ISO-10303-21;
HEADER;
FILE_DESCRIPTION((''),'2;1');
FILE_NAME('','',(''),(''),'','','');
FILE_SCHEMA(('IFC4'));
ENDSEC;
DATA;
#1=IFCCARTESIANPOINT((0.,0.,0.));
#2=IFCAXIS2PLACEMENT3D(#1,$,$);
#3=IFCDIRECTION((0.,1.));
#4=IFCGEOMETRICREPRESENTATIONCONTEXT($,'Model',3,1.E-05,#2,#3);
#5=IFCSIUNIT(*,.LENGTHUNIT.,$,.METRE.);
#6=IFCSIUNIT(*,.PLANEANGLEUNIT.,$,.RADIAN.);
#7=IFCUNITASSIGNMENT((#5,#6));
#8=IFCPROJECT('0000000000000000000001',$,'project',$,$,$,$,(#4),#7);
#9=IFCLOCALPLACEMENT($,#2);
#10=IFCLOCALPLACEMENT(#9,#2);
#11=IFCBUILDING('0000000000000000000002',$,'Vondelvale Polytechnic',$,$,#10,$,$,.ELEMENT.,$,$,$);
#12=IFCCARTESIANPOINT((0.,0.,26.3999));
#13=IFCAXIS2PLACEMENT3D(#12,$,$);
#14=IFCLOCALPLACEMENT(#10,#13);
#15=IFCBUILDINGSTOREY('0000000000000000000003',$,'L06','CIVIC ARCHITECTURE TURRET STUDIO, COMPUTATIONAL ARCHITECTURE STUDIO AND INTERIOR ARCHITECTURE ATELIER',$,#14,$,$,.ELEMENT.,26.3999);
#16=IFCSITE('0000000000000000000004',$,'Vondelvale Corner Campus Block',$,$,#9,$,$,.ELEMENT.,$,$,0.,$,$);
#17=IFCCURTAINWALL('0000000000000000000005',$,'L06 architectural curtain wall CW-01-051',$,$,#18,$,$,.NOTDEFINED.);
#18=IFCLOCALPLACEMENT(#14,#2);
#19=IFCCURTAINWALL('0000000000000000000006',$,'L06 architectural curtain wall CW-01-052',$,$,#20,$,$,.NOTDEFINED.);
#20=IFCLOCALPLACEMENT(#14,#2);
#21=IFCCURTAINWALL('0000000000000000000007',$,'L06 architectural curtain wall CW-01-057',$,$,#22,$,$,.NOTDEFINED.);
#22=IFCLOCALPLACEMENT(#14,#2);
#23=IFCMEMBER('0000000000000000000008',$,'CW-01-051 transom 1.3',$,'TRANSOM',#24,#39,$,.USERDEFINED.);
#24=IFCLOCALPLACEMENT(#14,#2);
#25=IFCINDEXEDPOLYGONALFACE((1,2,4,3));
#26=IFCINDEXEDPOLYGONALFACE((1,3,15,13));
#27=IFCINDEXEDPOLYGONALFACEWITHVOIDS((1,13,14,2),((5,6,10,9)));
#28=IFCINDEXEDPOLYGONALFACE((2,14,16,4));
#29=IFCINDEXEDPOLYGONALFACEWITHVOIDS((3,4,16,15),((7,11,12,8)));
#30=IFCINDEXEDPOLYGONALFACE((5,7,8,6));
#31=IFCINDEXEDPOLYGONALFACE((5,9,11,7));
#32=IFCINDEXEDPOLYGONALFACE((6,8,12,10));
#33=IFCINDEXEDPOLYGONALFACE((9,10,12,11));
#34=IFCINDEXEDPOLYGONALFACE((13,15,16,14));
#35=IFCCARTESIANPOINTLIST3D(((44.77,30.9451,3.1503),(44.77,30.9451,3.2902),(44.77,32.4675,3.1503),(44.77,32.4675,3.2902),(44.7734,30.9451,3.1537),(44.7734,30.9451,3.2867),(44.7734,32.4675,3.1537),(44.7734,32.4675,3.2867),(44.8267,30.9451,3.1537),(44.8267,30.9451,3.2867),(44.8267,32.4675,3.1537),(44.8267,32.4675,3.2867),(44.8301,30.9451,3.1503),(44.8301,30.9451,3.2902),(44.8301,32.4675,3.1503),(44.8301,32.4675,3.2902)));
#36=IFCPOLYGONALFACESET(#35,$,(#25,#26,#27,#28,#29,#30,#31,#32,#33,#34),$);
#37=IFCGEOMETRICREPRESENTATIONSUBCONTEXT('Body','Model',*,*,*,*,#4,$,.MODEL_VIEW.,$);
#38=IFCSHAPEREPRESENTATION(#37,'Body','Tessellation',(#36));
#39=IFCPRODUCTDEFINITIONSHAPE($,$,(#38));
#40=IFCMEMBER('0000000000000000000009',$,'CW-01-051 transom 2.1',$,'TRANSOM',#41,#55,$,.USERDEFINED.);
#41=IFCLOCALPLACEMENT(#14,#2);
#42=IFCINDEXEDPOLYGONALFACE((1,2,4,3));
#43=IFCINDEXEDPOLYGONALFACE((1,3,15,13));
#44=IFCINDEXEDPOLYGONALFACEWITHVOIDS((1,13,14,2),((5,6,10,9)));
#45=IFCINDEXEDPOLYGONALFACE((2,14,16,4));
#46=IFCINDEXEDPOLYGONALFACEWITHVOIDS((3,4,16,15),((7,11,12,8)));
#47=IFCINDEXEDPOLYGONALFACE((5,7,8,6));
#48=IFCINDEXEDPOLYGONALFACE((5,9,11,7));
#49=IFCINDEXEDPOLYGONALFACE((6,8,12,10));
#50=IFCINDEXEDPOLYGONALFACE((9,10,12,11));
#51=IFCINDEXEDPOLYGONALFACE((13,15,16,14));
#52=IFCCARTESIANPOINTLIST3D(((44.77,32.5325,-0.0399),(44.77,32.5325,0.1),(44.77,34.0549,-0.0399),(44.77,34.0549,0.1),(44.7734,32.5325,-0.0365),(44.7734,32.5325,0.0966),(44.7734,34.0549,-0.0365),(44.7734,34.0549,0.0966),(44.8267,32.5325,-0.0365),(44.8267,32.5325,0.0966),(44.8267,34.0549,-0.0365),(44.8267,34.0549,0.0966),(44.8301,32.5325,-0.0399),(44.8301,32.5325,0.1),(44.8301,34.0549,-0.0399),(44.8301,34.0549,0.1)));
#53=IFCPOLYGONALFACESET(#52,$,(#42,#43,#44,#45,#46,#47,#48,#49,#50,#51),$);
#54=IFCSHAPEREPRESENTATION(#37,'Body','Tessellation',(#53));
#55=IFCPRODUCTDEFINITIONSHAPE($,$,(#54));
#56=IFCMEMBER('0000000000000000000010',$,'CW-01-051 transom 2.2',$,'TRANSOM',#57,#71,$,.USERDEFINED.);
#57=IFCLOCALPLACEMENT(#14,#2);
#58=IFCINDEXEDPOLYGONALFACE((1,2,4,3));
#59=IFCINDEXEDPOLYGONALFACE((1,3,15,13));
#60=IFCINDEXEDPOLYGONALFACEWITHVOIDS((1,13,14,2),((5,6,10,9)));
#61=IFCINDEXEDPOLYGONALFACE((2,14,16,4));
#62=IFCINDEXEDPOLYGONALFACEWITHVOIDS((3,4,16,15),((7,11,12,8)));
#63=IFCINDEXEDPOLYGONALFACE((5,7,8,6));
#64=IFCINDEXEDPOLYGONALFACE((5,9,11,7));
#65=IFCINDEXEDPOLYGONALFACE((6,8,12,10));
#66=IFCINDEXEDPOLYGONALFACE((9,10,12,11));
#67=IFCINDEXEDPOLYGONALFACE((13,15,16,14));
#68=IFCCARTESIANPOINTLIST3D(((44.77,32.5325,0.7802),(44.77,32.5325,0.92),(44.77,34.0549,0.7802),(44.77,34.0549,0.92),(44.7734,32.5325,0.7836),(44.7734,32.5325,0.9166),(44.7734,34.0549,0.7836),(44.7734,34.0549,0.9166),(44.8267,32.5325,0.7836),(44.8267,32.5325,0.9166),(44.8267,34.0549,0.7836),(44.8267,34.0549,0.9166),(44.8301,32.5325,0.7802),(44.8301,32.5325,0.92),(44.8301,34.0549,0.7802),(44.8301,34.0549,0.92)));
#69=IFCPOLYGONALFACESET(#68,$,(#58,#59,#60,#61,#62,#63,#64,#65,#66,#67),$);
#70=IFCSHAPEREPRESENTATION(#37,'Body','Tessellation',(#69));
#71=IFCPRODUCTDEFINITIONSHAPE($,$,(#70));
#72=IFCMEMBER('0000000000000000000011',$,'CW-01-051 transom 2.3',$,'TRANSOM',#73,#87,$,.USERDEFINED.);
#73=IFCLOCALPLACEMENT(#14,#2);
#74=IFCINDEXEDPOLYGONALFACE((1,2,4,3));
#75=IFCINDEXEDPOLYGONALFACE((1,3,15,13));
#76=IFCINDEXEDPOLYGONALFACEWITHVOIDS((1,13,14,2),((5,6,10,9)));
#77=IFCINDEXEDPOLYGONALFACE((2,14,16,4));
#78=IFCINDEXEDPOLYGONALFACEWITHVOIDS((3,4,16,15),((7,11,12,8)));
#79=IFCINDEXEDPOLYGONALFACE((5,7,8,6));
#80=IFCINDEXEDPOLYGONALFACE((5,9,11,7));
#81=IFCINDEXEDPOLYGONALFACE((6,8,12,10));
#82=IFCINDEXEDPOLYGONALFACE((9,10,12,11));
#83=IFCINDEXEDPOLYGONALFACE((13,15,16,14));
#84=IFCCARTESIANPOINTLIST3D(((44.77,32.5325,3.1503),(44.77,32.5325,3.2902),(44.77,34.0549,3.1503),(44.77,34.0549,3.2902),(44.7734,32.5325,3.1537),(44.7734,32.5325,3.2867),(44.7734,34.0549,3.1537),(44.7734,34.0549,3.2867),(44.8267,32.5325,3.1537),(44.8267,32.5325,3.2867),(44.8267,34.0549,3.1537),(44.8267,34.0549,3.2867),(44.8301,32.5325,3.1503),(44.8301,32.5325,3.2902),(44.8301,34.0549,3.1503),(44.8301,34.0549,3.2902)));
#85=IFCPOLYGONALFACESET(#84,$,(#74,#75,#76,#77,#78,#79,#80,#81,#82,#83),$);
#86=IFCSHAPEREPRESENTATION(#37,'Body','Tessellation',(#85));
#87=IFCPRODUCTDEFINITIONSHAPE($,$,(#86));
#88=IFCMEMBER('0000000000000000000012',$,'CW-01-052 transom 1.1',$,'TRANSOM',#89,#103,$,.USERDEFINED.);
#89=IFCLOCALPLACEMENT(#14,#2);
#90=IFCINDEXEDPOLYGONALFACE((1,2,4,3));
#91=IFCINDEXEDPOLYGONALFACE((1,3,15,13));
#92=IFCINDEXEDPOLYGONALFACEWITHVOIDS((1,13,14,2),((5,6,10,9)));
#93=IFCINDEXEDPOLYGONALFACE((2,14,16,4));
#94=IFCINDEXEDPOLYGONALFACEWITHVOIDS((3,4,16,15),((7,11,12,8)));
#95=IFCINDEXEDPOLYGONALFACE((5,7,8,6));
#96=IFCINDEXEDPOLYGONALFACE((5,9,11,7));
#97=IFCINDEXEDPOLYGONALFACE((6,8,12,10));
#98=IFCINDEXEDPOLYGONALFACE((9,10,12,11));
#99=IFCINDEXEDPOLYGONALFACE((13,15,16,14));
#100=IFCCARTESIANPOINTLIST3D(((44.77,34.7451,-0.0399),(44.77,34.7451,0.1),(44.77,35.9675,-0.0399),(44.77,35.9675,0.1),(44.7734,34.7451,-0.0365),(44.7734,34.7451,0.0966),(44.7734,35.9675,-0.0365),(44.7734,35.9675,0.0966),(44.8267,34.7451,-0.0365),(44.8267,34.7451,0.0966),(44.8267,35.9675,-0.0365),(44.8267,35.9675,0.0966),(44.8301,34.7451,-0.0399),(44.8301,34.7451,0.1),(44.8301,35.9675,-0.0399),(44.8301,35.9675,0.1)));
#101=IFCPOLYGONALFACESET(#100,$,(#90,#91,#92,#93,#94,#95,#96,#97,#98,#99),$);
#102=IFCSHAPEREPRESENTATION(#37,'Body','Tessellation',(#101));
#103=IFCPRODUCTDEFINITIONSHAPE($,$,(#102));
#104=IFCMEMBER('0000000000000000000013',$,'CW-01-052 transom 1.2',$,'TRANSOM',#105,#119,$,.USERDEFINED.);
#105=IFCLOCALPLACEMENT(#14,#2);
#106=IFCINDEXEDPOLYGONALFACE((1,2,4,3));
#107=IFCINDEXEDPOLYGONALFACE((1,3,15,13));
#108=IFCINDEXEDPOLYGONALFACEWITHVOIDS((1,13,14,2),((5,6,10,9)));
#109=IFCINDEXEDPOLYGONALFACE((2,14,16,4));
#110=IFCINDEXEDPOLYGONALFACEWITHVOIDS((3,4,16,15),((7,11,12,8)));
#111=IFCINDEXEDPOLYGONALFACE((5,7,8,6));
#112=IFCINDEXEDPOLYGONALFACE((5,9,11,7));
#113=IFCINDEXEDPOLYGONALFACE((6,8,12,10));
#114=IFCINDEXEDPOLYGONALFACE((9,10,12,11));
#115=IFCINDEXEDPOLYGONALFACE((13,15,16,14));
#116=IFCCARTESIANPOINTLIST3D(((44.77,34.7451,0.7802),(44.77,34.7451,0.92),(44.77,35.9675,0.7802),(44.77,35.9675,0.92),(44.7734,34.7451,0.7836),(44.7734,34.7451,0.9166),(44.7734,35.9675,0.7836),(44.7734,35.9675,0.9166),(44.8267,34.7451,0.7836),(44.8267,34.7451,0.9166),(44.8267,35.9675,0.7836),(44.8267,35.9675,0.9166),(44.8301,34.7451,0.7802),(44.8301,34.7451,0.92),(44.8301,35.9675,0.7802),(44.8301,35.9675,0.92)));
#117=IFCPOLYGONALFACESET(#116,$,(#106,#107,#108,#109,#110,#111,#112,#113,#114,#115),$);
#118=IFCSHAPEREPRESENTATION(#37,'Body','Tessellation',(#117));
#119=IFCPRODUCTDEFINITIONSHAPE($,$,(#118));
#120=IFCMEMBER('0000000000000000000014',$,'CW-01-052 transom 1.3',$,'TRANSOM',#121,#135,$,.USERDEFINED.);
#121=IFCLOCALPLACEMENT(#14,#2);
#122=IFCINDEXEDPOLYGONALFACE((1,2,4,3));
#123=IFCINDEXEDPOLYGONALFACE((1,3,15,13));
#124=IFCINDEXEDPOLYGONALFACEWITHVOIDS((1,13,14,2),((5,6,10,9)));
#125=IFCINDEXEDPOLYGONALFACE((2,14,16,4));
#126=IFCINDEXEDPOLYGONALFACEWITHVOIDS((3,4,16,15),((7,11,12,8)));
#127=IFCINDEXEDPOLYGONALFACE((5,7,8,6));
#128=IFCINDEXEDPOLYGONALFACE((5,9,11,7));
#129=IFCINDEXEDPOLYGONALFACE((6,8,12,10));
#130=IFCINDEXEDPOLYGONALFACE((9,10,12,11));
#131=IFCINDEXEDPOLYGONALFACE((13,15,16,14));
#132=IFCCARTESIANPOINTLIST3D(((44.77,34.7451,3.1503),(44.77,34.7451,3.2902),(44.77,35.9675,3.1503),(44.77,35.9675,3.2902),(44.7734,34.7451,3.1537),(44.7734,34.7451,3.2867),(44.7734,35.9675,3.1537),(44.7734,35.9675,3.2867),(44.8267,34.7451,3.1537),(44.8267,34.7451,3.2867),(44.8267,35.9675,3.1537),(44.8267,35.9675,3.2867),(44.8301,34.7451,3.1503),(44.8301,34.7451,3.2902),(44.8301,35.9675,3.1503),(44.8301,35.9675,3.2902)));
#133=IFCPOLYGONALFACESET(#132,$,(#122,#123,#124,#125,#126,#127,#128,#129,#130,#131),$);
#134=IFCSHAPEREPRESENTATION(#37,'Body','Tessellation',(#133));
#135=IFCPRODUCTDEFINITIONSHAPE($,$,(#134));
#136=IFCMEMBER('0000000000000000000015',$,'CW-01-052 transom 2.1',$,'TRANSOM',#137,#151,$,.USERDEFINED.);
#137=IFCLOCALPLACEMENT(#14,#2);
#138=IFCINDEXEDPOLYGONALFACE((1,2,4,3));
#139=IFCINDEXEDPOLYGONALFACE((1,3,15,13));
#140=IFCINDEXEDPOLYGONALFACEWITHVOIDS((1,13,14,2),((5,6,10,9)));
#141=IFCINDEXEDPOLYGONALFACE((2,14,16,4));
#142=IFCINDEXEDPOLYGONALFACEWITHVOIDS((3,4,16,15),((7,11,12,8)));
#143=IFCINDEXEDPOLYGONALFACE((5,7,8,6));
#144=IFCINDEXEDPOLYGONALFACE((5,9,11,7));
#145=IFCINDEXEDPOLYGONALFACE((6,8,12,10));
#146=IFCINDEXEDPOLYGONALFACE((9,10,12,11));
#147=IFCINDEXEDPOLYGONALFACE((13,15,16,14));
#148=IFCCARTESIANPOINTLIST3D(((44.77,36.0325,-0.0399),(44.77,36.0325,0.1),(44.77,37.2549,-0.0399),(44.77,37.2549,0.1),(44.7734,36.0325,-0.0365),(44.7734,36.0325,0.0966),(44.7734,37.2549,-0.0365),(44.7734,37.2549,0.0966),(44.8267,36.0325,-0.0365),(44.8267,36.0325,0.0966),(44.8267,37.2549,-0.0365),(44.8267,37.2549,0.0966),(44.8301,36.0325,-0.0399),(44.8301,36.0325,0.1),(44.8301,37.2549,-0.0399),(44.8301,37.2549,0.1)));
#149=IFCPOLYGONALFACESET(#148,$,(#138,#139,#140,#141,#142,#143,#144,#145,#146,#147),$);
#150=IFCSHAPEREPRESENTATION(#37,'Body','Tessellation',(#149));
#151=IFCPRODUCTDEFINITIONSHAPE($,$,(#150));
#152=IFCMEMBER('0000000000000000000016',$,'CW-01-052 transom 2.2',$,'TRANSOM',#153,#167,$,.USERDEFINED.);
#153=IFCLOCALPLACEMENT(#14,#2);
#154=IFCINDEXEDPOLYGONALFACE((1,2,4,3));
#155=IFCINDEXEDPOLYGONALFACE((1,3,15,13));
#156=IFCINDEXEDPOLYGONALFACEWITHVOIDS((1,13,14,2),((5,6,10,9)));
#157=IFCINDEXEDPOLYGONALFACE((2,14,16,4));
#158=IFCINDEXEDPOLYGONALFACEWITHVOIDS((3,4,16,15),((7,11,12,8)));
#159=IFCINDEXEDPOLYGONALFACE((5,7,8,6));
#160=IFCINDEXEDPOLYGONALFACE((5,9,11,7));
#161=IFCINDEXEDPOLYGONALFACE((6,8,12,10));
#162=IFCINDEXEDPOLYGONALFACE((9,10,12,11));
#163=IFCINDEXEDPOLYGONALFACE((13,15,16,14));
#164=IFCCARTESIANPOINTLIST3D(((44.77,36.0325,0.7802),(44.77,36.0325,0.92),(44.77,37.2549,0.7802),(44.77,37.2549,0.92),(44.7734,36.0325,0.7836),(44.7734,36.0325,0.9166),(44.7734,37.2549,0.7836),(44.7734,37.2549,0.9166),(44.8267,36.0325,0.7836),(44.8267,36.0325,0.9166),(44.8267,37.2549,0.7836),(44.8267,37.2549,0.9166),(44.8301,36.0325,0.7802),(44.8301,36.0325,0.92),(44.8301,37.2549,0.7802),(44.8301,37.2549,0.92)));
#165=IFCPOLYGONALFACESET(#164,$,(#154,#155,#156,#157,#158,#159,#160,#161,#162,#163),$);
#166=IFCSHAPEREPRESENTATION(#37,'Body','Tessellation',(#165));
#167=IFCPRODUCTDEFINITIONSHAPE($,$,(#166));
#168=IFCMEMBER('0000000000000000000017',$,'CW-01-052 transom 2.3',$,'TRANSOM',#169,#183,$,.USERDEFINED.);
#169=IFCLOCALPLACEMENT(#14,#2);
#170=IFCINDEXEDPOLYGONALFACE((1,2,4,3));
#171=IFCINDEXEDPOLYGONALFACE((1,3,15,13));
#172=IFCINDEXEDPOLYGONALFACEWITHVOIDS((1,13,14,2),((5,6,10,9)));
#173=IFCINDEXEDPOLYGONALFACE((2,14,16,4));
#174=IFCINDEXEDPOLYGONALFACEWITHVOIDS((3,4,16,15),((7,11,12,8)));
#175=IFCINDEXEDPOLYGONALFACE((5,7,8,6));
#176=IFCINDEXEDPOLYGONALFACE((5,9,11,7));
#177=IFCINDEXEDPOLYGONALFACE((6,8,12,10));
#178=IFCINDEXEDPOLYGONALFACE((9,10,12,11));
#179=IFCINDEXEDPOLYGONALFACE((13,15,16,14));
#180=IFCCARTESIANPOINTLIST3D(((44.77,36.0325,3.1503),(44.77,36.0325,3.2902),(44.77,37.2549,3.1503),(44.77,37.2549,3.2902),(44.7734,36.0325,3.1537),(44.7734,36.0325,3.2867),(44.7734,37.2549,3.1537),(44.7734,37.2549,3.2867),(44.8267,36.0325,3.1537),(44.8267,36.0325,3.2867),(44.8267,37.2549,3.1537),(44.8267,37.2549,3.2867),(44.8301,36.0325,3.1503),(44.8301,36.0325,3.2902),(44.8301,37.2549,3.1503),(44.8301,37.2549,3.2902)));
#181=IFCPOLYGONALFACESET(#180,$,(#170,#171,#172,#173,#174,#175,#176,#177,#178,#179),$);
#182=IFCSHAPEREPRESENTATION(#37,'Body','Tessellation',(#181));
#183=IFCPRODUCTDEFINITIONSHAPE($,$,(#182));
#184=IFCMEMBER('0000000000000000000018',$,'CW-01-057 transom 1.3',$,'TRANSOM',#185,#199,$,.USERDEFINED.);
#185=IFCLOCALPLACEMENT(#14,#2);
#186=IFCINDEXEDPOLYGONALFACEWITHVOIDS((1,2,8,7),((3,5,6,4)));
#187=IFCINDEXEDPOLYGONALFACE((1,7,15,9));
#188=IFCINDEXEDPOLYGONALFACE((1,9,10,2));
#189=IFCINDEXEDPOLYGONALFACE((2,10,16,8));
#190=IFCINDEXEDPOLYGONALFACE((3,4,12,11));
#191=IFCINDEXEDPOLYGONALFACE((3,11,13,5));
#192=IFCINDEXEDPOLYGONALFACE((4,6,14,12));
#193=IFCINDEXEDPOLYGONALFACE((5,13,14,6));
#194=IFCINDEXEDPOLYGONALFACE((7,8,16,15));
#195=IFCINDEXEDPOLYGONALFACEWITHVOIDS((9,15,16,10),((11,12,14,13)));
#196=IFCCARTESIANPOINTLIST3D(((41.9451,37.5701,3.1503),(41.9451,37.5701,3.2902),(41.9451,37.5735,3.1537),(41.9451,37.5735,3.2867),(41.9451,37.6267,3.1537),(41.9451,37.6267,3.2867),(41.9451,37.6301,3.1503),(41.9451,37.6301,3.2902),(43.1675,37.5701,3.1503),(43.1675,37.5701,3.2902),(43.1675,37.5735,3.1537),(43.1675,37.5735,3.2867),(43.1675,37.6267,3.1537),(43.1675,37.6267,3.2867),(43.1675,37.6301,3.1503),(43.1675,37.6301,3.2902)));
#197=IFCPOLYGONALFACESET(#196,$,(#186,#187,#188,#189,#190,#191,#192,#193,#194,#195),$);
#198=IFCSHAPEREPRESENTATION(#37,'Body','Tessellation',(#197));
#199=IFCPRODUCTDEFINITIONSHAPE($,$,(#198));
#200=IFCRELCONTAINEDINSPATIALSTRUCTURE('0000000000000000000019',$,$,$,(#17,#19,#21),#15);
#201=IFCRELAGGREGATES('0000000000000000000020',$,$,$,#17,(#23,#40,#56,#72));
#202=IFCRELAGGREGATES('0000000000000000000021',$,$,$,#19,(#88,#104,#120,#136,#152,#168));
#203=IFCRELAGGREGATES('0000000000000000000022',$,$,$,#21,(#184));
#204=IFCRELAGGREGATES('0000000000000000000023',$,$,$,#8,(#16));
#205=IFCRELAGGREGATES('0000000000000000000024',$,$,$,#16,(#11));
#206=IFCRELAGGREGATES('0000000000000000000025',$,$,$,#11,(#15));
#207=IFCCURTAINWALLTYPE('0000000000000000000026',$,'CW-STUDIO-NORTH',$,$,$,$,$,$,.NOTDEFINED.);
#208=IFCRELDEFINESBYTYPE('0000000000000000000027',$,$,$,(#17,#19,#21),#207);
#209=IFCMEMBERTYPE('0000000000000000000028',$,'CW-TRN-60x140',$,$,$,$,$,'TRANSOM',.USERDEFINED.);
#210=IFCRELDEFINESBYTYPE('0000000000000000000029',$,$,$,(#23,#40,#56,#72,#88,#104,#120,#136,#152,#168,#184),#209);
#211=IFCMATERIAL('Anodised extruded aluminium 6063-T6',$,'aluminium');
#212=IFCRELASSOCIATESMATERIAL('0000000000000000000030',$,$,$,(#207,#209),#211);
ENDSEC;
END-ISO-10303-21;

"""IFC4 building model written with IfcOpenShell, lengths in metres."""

from ifc_helpers import new_model, si_unit, direction, frame, origin, origin_2d, place, context, subcontext, project, spatial, hollow_rectangle, extrude, material, material_profile, profile_set, type_object, element, aggregate, save


model = new_model("IFC4")

# Units and contexts
model_context = context("Model", 3, precision=1e-05, world=origin(), true_north=direction((0.0, 1.0)))
body_context = subcontext(model_context, "Body", "Model", "MODEL_VIEW")
ifc_project = project(units=[si_unit("LENGTHUNIT", "METRE"), si_unit("PLANEANGLEUNIT", "RADIAN")], contexts=[model_context])

# Site, building, storey
site_placement = place(None, origin())
site = spatial("IfcSite", under=ifc_project, at=site_placement, Name="Vondelvale Corner Campus Block", CompositionType="ELEMENT", RefElevation=0.0)
building_placement = place(site_placement, origin())
building = spatial("IfcBuilding", under=site, at=building_placement, Name="Vondelvale Polytechnic", CompositionType="ELEMENT")
storey_placement = place(building_placement, frame((0.0, 0.0, 26.3999)))
storey = spatial("IfcBuildingStorey", under=building, at=storey_placement, Name="L06", Description="CIVIC ARCHITECTURE TURRET STUDIO, COMPUTATIONAL ARCHITECTURE STUDIO AND INTERIOR ARCHITECTURE ATELIER", CompositionType="ELEMENT", Elevation=26.3999)

# Curtain walls
ifc_material_1 = material(Name="Anodised extruded aluminium 6063-T6", Category="aluminium")
curtain_wall_type = type_object("IfcCurtainWallType", Name="CW-STUDIO-NORTH", PredefinedType="NOTDEFINED", material=ifc_material_1)
curtain_wall_1_placement = place(storey_placement, origin())
curtain_wall_1 = element("IfcCurtainWall", 1, at=curtain_wall_1_placement, inside=storey, type_object=curtain_wall_type, Name="L06 architectural curtain wall CW-01-051", PredefinedType="NOTDEFINED")
curtain_wall_2_placement = place(storey_placement, origin())
curtain_wall_2 = element("IfcCurtainWall", 2, at=curtain_wall_2_placement, inside=storey, type_object=curtain_wall_type, Name="L06 architectural curtain wall CW-01-052", PredefinedType="NOTDEFINED")
curtain_wall_3_placement = place(storey_placement, origin())
curtain_wall_3 = element("IfcCurtainWall", 3, at=curtain_wall_3_placement, inside=storey, type_object=curtain_wall_type, Name="L06 architectural curtain wall CW-01-057", PredefinedType="NOTDEFINED")

# Members
ifc_material_profile_1 = material_profile(ifc_material_1, hollow_rectangle(XDim=0.0601, YDim=0.1399, WallThickness=0.0034, at=origin_2d()), Name="CW-TRN-140x60")
ifc_profile_set_1 = profile_set([ifc_material_profile_1], Name="Anodised extruded aluminium 6063-T6")
member_type_1 = type_object("IfcMemberType", Name="CW-TRN-60x140", ElementType="TRANSOM", PredefinedType="USERDEFINED", material=ifc_profile_set_1)
member_1_placement = place(storey_placement, frame((44.8, 30.9451, 3.2202), z_axis=(0.0, 1.0, 0.0), x_axis=(-1.0, 0.0, 0.0)))
member_1 = element("IfcMember", 4, at=member_1_placement, type_object=member_type_1, Name="CW-01-051 transom 1.3", ObjectType="TRANSOM", PredefinedType="USERDEFINED", context=body_context, shape_type="SweptSolid", body=[
    extrude(hollow_rectangle(XDim=0.0601, YDim=0.1399, WallThickness=0.0034, at=origin_2d()), origin(), (0.0, 0.0, 1.0), 1.5225),
])
member_2_placement = place(storey_placement, frame((44.8, 32.5325, 0.03), z_axis=(0.0, 1.0, 0.0), x_axis=(-1.0, 0.0, 0.0)))
member_2 = element("IfcMember", 5, at=member_2_placement, type_object=member_type_1, Name="CW-01-051 transom 2.1", ObjectType="TRANSOM", PredefinedType="USERDEFINED", context=body_context, shape_type="SweptSolid", body=[
    extrude(hollow_rectangle(XDim=0.0601, YDim=0.1399, WallThickness=0.0034, at=origin_2d()), origin(), (0.0, 0.0, 1.0), 1.5225),
])
member_3_placement = place(storey_placement, frame((44.8, 32.5325, 0.8501), z_axis=(0.0, 1.0, 0.0), x_axis=(-1.0, 0.0, 0.0)))
member_3 = element("IfcMember", 6, at=member_3_placement, type_object=member_type_1, Name="CW-01-051 transom 2.2", ObjectType="TRANSOM", PredefinedType="USERDEFINED", context=body_context, shape_type="SweptSolid", body=[
    extrude(hollow_rectangle(XDim=0.0601, YDim=0.1399, WallThickness=0.0034, at=origin_2d()), origin(), (0.0, 0.0, 1.0), 1.5225),
])
member_4_placement = place(storey_placement, frame((44.8, 32.5325, 3.2202), z_axis=(0.0, 1.0, 0.0), x_axis=(-1.0, 0.0, 0.0)))
member_4 = element("IfcMember", 7, at=member_4_placement, type_object=member_type_1, Name="CW-01-051 transom 2.3", ObjectType="TRANSOM", PredefinedType="USERDEFINED", context=body_context, shape_type="SweptSolid", body=[
    extrude(hollow_rectangle(XDim=0.0601, YDim=0.1399, WallThickness=0.0034, at=origin_2d()), origin(), (0.0, 0.0, 1.0), 1.5225),
])
member_5_placement = place(storey_placement, frame((44.8, 34.7451, 0.03), z_axis=(0.0, 1.0, 0.0), x_axis=(-1.0, 0.0, 0.0)))
member_5 = element("IfcMember", 8, at=member_5_placement, type_object=member_type_1, Name="CW-01-052 transom 1.1", ObjectType="TRANSOM", PredefinedType="USERDEFINED", context=body_context, shape_type="SweptSolid", body=[
    extrude(hollow_rectangle(XDim=0.0601, YDim=0.1399, WallThickness=0.0034, at=origin_2d()), origin(), (0.0, 0.0, 1.0), 1.2224),
])
member_6_placement = place(storey_placement, frame((44.8, 34.7451, 0.8501), z_axis=(0.0, 1.0, 0.0), x_axis=(-1.0, 0.0, 0.0)))
member_6 = element("IfcMember", 9, at=member_6_placement, type_object=member_type_1, Name="CW-01-052 transom 1.2", ObjectType="TRANSOM", PredefinedType="USERDEFINED", context=body_context, shape_type="SweptSolid", body=[
    extrude(hollow_rectangle(XDim=0.0601, YDim=0.1399, WallThickness=0.0034, at=origin_2d()), origin(), (0.0, 0.0, 1.0), 1.2224),
])
member_7_placement = place(storey_placement, frame((44.8, 34.7451, 3.2202), z_axis=(0.0, 1.0, 0.0), x_axis=(-1.0, 0.0, 0.0)))
member_7 = element("IfcMember", 10, at=member_7_placement, type_object=member_type_1, Name="CW-01-052 transom 1.3", ObjectType="TRANSOM", PredefinedType="USERDEFINED", context=body_context, shape_type="SweptSolid", body=[
    extrude(hollow_rectangle(XDim=0.0601, YDim=0.1399, WallThickness=0.0034, at=origin_2d()), origin(), (0.0, 0.0, 1.0), 1.2224),
])
member_8_placement = place(storey_placement, frame((44.8, 36.0325, 0.03), z_axis=(0.0, 1.0, 0.0), x_axis=(-1.0, 0.0, 0.0)))
member_8 = element("IfcMember", 11, at=member_8_placement, type_object=member_type_1, Name="CW-01-052 transom 2.1", ObjectType="TRANSOM", PredefinedType="USERDEFINED", context=body_context, shape_type="SweptSolid", body=[
    extrude(hollow_rectangle(XDim=0.0601, YDim=0.1399, WallThickness=0.0034, at=origin_2d()), origin(), (0.0, 0.0, 1.0), 1.2224),
])
member_9_placement = place(storey_placement, frame((44.8, 36.0325, 0.8501), z_axis=(0.0, 1.0, 0.0), x_axis=(-1.0, 0.0, 0.0)))
member_9 = element("IfcMember", 12, at=member_9_placement, type_object=member_type_1, Name="CW-01-052 transom 2.2", ObjectType="TRANSOM", PredefinedType="USERDEFINED", context=body_context, shape_type="SweptSolid", body=[
    extrude(hollow_rectangle(XDim=0.0601, YDim=0.1399, WallThickness=0.0034, at=origin_2d()), origin(), (0.0, 0.0, 1.0), 1.2224),
])
member_10_placement = place(storey_placement, frame((44.8, 36.0325, 3.2202), z_axis=(0.0, 1.0, 0.0), x_axis=(-1.0, 0.0, 0.0)))
member_10 = element("IfcMember", 13, at=member_10_placement, type_object=member_type_1, Name="CW-01-052 transom 2.3", ObjectType="TRANSOM", PredefinedType="USERDEFINED", context=body_context, shape_type="SweptSolid", body=[
    extrude(hollow_rectangle(XDim=0.0601, YDim=0.1399, WallThickness=0.0034, at=origin_2d()), origin(), (0.0, 0.0, 1.0), 1.2224),
])
member_11_placement = place(storey_placement, frame((41.9451, 37.6001, 3.2202), z_axis=(1.0, 0.0, 0.0), x_axis=(0.0, 1.0, 0.0)))
member_11 = element("IfcMember", 14, at=member_11_placement, type_object=member_type_1, Name="CW-01-057 transom 1.3", ObjectType="TRANSOM", PredefinedType="USERDEFINED", context=body_context, shape_type="SweptSolid", body=[
    extrude(hollow_rectangle(XDim=0.0601, YDim=0.1399, WallThickness=0.0034, at=origin_2d()), origin(), (0.0, 0.0, 1.0), 1.2224),
])

aggregate(curtain_wall_1, [member_1, member_2, member_3, member_4])
aggregate(curtain_wall_2, [member_5, member_6, member_7, member_8, member_9, member_10])
aggregate(curtain_wall_3, [member_11])

save(model, "model.ifc")
